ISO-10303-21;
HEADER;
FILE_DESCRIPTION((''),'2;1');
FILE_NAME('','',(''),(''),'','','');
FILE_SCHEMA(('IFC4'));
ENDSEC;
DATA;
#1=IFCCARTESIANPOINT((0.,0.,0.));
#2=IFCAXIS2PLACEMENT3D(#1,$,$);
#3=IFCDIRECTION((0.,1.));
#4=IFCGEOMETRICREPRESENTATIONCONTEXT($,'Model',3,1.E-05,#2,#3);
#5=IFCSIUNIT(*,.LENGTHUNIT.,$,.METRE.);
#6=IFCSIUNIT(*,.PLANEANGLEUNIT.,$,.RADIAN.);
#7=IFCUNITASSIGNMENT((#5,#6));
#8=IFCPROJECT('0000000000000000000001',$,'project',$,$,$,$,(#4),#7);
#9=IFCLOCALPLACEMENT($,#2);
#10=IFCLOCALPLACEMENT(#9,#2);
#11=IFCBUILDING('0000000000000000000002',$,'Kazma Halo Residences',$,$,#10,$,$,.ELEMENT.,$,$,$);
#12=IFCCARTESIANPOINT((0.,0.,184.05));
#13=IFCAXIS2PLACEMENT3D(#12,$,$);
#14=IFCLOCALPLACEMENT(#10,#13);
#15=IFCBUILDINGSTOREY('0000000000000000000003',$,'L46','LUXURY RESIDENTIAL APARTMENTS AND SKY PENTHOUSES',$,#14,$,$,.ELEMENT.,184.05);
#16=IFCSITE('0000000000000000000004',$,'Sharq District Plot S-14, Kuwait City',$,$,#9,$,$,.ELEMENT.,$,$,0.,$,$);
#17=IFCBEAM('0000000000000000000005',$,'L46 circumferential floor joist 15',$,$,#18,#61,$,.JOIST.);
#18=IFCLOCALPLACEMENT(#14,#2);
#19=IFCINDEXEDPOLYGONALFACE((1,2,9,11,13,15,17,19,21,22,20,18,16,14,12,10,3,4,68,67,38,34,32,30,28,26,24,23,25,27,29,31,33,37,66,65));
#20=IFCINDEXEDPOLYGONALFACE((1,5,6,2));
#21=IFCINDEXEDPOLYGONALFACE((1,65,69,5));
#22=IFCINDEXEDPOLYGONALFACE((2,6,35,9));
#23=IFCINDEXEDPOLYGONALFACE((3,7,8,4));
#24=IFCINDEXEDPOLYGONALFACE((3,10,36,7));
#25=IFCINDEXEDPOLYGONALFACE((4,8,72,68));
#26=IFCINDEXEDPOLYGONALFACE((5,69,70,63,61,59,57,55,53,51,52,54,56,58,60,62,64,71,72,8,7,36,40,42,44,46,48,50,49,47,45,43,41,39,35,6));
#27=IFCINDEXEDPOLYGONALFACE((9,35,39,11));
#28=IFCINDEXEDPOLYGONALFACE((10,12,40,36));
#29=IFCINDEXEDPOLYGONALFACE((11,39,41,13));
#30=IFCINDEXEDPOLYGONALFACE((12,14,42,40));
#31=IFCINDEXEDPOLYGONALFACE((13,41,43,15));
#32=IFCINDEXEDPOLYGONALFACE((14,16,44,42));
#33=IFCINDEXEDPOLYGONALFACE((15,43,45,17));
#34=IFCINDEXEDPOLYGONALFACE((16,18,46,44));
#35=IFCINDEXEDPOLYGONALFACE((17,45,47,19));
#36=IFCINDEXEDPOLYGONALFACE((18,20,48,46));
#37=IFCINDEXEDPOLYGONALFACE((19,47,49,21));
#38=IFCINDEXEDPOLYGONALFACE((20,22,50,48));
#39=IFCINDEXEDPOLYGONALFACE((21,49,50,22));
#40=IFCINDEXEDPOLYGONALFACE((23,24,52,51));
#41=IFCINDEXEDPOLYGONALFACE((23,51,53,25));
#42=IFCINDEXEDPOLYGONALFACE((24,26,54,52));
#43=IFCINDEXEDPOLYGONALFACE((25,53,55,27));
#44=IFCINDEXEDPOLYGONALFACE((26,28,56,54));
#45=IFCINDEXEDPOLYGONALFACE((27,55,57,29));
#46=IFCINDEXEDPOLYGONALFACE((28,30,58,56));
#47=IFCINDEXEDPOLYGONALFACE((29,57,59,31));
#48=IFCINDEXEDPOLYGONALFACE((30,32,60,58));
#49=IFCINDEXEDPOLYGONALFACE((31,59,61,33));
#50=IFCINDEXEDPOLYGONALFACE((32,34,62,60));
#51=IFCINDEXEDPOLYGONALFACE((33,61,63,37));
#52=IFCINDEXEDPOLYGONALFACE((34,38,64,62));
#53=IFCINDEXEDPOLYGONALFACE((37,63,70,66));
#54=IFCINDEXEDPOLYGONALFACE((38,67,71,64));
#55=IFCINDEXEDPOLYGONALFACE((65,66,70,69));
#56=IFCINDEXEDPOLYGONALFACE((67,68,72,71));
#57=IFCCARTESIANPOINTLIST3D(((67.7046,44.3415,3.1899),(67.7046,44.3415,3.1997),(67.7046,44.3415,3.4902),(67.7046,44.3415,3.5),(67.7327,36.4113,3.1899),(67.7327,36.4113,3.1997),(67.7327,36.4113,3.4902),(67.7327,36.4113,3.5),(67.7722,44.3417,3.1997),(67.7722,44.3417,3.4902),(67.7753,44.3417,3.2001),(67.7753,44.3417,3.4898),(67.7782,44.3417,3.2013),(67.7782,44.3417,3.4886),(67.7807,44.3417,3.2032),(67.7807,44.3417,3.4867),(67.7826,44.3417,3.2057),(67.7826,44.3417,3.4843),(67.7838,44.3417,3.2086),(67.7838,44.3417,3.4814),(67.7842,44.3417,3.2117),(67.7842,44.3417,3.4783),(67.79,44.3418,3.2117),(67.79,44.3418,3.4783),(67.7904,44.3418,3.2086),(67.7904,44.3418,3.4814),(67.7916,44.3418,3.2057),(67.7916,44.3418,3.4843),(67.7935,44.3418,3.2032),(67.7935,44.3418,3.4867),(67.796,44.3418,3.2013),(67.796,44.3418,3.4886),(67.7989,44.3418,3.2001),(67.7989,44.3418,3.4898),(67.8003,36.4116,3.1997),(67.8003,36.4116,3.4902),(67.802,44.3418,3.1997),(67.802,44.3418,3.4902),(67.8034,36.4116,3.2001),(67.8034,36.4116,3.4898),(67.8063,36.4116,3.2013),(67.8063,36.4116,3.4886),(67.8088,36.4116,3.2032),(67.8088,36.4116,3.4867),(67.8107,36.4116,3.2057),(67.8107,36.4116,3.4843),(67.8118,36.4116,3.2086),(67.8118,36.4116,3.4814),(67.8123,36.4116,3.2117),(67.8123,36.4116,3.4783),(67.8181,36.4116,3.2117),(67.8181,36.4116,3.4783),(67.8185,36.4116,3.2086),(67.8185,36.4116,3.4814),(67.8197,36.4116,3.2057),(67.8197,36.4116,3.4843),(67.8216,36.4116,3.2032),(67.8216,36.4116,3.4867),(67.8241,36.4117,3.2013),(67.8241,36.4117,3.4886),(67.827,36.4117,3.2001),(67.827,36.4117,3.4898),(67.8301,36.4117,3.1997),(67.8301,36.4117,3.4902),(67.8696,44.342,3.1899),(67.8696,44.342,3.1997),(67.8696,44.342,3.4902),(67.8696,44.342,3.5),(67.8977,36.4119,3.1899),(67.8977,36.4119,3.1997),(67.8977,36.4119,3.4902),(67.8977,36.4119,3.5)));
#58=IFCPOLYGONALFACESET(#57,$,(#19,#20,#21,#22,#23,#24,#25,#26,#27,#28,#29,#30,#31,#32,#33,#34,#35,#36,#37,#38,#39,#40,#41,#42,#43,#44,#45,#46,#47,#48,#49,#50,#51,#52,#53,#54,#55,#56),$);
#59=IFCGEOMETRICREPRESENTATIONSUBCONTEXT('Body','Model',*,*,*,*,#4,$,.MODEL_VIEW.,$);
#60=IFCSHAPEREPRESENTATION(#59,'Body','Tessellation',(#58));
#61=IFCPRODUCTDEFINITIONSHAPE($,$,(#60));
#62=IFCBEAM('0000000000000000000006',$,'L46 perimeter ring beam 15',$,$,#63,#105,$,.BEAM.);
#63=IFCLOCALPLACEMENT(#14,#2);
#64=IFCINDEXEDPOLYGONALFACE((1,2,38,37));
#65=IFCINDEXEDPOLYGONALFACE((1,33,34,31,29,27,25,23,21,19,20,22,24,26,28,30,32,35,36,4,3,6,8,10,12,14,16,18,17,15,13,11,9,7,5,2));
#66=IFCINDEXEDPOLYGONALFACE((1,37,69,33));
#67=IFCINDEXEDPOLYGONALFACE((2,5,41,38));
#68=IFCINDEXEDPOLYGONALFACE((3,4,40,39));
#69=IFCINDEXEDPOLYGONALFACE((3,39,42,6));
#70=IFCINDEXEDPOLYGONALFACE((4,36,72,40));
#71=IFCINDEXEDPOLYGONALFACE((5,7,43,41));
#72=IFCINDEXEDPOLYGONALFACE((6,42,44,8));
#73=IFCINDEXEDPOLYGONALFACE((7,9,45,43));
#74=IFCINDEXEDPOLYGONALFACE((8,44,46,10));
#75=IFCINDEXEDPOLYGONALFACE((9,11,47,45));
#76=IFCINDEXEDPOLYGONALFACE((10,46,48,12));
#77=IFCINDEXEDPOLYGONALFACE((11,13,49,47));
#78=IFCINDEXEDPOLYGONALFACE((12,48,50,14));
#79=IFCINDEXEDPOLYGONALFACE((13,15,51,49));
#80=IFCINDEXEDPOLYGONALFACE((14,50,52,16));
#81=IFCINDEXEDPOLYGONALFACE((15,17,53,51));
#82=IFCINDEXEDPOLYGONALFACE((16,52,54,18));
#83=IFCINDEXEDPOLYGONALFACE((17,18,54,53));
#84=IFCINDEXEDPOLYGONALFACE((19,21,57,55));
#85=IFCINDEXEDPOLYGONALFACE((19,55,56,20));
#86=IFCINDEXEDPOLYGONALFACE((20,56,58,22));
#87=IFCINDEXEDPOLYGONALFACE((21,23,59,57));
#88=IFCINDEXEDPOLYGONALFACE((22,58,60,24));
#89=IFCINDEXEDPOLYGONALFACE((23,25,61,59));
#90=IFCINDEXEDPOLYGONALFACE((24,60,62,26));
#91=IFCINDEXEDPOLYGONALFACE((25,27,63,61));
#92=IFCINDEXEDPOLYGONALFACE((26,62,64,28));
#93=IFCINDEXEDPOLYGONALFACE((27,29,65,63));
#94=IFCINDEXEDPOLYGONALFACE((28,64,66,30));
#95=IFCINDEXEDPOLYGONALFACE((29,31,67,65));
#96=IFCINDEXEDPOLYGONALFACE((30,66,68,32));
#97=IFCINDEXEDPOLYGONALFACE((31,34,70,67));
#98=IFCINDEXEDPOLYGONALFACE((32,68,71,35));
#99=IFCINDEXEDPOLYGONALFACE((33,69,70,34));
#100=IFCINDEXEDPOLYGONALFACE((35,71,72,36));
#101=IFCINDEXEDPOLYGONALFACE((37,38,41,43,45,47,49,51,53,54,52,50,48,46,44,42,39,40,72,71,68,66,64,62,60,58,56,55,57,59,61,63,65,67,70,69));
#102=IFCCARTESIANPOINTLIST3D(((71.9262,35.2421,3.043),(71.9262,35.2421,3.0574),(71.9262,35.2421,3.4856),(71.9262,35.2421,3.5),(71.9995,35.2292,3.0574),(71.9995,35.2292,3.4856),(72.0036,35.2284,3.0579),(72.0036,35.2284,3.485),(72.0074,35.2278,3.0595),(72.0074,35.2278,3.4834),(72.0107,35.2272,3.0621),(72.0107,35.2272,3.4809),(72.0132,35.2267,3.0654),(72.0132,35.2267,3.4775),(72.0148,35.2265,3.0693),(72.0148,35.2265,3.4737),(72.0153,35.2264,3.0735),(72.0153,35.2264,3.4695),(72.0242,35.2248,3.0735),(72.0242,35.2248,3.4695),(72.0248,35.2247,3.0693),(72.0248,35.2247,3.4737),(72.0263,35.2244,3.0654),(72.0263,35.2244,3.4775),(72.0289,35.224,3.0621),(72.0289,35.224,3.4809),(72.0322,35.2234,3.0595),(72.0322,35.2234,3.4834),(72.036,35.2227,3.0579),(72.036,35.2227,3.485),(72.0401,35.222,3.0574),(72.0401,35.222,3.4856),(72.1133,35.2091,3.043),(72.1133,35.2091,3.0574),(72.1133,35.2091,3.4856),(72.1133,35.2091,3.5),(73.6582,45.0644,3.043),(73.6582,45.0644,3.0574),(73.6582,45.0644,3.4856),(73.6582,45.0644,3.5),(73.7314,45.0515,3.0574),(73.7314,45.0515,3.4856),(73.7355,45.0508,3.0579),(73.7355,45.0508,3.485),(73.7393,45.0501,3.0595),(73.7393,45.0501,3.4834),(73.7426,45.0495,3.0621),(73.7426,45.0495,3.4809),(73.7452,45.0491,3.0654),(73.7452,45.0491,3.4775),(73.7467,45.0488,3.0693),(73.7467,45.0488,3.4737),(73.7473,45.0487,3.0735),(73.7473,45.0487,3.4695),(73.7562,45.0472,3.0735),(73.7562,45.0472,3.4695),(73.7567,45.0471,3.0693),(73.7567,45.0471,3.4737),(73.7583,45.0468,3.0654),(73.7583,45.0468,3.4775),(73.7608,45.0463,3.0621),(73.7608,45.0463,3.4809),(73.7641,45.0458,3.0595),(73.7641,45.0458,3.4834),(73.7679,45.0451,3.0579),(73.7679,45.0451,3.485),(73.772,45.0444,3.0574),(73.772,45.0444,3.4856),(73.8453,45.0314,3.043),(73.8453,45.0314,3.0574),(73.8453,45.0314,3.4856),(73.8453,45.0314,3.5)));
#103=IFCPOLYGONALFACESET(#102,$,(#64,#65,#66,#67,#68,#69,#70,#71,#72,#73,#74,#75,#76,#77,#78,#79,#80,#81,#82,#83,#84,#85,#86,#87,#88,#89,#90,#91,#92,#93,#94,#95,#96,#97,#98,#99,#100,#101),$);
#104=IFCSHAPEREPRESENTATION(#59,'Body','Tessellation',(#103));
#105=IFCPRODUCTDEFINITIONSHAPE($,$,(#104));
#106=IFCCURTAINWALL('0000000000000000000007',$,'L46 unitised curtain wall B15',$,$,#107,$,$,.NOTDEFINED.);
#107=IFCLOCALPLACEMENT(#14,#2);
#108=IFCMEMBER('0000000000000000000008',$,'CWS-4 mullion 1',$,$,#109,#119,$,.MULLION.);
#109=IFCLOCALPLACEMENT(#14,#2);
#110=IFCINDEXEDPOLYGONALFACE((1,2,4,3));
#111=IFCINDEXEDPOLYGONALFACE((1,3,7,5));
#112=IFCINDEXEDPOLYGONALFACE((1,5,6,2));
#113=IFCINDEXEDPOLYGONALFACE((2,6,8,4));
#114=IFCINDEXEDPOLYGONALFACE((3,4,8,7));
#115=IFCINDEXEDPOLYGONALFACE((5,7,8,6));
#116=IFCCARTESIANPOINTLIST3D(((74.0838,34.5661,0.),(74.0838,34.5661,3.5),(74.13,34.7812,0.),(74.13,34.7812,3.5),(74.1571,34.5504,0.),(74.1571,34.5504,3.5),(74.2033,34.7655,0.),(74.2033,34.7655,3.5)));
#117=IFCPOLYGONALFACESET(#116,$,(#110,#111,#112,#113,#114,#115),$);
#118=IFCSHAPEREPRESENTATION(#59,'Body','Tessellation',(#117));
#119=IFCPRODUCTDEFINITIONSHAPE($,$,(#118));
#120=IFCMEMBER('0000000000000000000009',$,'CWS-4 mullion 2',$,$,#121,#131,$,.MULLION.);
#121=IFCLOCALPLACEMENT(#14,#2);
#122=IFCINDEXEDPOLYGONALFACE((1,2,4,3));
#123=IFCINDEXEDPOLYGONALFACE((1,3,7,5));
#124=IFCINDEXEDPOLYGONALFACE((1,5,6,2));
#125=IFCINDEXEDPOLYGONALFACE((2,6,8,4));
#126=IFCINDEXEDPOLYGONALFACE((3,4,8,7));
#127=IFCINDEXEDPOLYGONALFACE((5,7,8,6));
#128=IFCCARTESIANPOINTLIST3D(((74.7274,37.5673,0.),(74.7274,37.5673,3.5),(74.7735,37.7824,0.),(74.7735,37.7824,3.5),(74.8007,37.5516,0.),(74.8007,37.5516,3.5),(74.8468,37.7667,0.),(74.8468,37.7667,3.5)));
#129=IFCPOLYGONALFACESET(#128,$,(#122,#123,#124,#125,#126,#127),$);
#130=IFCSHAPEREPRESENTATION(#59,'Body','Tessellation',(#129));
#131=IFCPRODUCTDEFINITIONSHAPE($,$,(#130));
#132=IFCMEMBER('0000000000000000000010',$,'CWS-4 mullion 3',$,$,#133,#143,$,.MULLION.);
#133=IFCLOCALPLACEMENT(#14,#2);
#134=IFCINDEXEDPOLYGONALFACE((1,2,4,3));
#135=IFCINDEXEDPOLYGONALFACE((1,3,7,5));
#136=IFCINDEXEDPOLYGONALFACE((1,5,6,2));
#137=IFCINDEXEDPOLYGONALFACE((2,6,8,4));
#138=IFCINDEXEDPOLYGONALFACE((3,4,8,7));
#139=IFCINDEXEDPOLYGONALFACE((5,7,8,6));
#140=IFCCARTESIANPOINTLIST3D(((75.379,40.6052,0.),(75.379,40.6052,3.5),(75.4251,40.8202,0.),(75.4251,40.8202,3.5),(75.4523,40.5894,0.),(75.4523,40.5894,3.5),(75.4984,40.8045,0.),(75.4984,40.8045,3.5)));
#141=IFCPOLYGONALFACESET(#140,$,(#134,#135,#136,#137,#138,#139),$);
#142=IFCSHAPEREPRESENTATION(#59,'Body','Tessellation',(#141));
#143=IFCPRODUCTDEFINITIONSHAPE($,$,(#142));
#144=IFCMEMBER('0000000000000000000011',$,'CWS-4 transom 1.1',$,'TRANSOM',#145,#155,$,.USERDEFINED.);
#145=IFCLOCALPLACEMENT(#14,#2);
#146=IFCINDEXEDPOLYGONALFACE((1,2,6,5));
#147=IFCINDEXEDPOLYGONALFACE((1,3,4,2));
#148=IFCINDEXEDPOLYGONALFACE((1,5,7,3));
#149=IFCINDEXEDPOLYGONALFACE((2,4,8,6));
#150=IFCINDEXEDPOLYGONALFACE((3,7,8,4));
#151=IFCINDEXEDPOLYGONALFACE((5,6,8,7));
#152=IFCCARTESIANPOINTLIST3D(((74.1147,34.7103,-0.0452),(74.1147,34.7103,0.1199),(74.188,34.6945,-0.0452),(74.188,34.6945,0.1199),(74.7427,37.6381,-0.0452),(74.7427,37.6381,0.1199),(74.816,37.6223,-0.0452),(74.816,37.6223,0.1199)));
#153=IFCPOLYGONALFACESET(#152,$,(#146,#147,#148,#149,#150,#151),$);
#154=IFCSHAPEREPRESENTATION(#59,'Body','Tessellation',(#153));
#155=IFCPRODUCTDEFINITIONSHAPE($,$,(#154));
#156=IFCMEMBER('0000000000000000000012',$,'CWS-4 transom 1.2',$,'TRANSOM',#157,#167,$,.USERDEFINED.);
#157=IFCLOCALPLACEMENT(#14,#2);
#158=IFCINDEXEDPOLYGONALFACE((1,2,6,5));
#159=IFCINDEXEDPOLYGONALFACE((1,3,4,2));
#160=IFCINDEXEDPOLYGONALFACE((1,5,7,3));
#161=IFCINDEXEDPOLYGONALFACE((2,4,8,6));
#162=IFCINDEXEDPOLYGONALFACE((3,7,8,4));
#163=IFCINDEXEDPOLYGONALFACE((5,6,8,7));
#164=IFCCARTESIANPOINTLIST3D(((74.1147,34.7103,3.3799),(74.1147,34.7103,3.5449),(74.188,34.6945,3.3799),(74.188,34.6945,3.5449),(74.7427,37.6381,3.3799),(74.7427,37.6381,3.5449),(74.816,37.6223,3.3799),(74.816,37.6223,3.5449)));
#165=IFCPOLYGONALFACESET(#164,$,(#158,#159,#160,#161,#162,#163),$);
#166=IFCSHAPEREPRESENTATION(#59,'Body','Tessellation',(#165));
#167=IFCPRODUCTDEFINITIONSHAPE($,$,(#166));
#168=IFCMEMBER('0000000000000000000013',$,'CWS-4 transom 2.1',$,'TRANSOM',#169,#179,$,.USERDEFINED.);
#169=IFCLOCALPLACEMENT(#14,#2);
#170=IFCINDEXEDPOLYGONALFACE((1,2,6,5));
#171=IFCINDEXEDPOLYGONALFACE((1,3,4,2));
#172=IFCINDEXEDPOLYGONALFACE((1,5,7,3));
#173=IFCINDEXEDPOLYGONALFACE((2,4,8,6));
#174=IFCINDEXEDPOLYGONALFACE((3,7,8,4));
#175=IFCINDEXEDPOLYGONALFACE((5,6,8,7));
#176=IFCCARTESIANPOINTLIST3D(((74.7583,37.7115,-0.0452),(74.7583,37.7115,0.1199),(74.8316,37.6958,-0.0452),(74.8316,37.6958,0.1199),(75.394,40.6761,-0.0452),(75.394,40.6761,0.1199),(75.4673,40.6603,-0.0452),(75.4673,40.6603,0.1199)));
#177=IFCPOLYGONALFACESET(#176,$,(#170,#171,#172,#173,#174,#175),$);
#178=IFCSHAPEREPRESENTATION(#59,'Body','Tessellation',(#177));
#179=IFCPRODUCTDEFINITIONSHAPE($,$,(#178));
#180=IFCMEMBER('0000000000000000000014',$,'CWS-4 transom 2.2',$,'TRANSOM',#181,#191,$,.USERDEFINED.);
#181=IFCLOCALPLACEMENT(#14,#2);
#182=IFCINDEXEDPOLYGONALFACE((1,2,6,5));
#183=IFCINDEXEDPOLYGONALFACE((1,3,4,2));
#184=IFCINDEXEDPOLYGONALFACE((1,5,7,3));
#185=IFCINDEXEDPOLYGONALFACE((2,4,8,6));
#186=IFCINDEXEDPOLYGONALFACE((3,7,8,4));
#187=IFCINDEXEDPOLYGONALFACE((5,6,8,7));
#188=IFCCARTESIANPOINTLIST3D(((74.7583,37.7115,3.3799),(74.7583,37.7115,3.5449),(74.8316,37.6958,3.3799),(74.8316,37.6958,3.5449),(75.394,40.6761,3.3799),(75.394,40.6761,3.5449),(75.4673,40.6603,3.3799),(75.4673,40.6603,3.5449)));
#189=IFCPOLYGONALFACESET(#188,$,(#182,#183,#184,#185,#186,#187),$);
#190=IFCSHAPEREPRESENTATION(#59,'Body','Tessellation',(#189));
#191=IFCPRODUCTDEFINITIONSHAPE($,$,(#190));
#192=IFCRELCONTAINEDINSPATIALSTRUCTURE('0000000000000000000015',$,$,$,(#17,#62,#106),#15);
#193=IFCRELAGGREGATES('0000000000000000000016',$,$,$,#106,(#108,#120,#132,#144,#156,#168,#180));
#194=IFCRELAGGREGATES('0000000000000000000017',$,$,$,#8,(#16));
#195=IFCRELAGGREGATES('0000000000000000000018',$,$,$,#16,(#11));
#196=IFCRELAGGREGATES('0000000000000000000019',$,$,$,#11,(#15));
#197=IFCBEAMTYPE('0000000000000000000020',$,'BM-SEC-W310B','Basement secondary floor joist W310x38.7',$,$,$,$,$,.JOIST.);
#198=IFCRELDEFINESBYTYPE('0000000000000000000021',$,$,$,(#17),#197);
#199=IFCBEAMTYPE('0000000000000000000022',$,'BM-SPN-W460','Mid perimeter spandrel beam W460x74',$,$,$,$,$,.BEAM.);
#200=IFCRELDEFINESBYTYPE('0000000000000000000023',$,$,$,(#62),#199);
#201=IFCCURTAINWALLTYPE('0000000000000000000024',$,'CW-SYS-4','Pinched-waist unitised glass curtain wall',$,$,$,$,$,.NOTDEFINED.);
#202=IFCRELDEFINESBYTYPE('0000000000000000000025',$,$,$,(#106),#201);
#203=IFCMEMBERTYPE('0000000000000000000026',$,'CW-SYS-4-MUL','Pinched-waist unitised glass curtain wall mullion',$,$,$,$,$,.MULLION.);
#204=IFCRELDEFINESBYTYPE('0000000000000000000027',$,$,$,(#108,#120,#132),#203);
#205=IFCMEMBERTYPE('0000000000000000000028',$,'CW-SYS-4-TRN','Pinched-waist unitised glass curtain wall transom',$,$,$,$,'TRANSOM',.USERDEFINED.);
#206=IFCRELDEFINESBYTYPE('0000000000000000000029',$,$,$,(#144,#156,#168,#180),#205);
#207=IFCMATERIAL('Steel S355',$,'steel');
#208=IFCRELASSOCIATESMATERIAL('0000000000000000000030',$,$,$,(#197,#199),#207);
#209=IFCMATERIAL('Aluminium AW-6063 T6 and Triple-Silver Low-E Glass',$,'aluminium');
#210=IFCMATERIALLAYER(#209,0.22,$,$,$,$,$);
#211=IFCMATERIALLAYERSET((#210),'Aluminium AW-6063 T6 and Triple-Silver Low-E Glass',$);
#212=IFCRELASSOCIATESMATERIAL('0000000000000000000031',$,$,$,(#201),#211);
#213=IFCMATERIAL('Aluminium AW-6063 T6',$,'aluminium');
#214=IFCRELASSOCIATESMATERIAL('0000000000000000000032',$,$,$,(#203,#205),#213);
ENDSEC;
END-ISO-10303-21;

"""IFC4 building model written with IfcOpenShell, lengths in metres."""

from ifc_helpers import new_model, si_unit, direction, frame, origin, origin_2d, place, context, subcontext, project, spatial, rectangle, i_section, extrude, material, layer, layer_set, material_profile, profile_set, type_object, element, aggregate, save


model = new_model("IFC4")

# Units and contexts
model_context = context("Model", 3, precision=1e-05, world=origin(), true_north=direction((0.0, 1.0)))
body_context = subcontext(model_context, "Body", "Model", "MODEL_VIEW")
ifc_project = project(units=[si_unit("LENGTHUNIT", "METRE"), si_unit("PLANEANGLEUNIT", "RADIAN")], contexts=[model_context])

# Site, building, storey
site_placement = place(None, origin())
site = spatial("IfcSite", under=ifc_project, at=site_placement, Name="Sharq District Plot S-14, Kuwait City", CompositionType="ELEMENT", RefElevation=0.0)
building_placement = place(site_placement, origin())
building = spatial("IfcBuilding", under=site, at=building_placement, Name="Kazma Halo Residences", CompositionType="ELEMENT")
storey_placement = place(building_placement, frame((0.0, 0.0, 184.05)))
storey = spatial("IfcBuildingStorey", under=building, at=storey_placement, Name="L46", Description="LUXURY RESIDENTIAL APARTMENTS AND SKY PENTHOUSES", CompositionType="ELEMENT", Elevation=184.05)

# Beams
ifc_material_1 = material(Name="Steel S355", Category="steel")
ifc_material_profile_1 = material_profile(ifc_material_1, i_section(OverallWidth=0.165, OverallDepth=0.3101, WebThickness=0.0059, FlangeThickness=0.0098, FilletRadius=0.012, at=origin_2d()), Name="W310x38.7")
ifc_profile_set_1 = profile_set([ifc_material_profile_1], Name="Steel S355")
beam_type_1 = type_object("IfcBeamType", Name="BM-SEC-W310B", Description="Basement secondary floor joist W310x38.7", PredefinedType="JOIST", material=ifc_profile_set_1)
beam_1_placement = place(storey_placement, frame((67.8152, 36.4116, 3.345), z_axis=(-0.00354, 0.999994, 0.0), x_axis=(-0.999994, -0.00354, 0.0)))
element("IfcBeam", 1, at=beam_1_placement, inside=storey, type_object=beam_type_1, Name="L46 circumferential floor joist 15", PredefinedType="JOIST", context=body_context, shape_type="SweptSolid", body=[
    extrude(i_section(OverallWidth=0.165, OverallDepth=0.3101, WebThickness=0.0059, FlangeThickness=0.0098, FilletRadius=0.012, at=origin_2d()), origin(), (0.0, 0.0, 1.0), 7.9302),
])
ifc_material_profile_2 = material_profile(ifc_material_1, i_section(OverallWidth=0.1899, OverallDepth=0.457, WebThickness=0.009, FlangeThickness=0.0144, FilletRadius=0.0161, at=origin_2d()), Name="W460x74")
ifc_profile_set_2 = profile_set([ifc_material_profile_2], Name="Steel S355")
beam_type_2 = type_object("IfcBeamType", Name="BM-SPN-W460", Description="Mid perimeter spandrel beam W460x74", PredefinedType="BEAM", material=ifc_profile_set_2)
beam_2_placement = place(storey_placement, frame((72.0198, 35.2256, 3.2715), z_axis=(0.173648, 0.984808, 0.0), x_axis=(-0.984808, 0.173648, 0.0)))
element("IfcBeam", 2, at=beam_2_placement, inside=storey, type_object=beam_type_2, Name="L46 perimeter ring beam 15", PredefinedType="BEAM", context=body_context, shape_type="SweptSolid", body=[
    extrude(i_section(OverallWidth=0.1899, OverallDepth=0.457, WebThickness=0.009, FlangeThickness=0.0144, FilletRadius=0.0161, at=origin_2d()), origin(), (0.0, 0.0, 1.0), 9.9739),
])

# Curtain wall, members
ifc_material_2 = material(Name="Aluminium AW-6063 T6 and Triple-Silver Low-E Glass", Category="aluminium")
ifc_layer_1 = layer(ifc_material_2, 0.22)
ifc_layer_set_1 = layer_set([ifc_layer_1], Name="Aluminium AW-6063 T6 and Triple-Silver Low-E Glass")
curtain_wall_type = type_object("IfcCurtainWallType", Name="CW-SYS-4", Description="Pinched-waist unitised glass curtain wall", PredefinedType="NOTDEFINED", material=ifc_layer_set_1)
curtain_wall_placement = place(storey_placement, origin())
curtain_wall = element("IfcCurtainWall", 3, at=curtain_wall_placement, inside=storey, type_object=curtain_wall_type, Name="L46 unitised curtain wall B15", PredefinedType="NOTDEFINED")
ifc_material_3 = material(Name="Aluminium AW-6063 T6", Category="aluminium")
ifc_material_profile_3 = material_profile(ifc_material_3, rectangle(XDim=0.075, YDim=0.22, at=origin_2d()), Name="CWM-75x220")
ifc_profile_set_3 = profile_set([ifc_material_profile_3], Name="Aluminium AW-6063 T6")
member_type_1 = type_object("IfcMemberType", Name="CW-SYS-4-MUL", Description="Pinched-waist unitised glass curtain wall mullion", PredefinedType="MULLION", material=ifc_profile_set_3)
member_1_placement = place(storey_placement, frame((74.1436, 34.6658, 0.0), z_axis=(0.0, 0.0, 1.0), x_axis=(-0.977768, 0.20969, 0.0)))
member_1 = element("IfcMember", 4, at=member_1_placement, type_object=member_type_1, Name="CWS-4 mullion 1", PredefinedType="MULLION", context=body_context, shape_type="SweptSolid", body=[
    extrude(rectangle(XDim=0.075, YDim=0.22, at=origin_2d()), origin(), (0.0, 0.0, 1.0), 3.5),
])
member_2_placement = place(storey_placement, frame((74.7871, 37.667, 0.0), z_axis=(0.0, 0.0, 1.0), x_axis=(-0.977768, 0.20969, 0.0)))
member_2 = element("IfcMember", 5, at=member_2_placement, type_object=member_type_1, Name="CWS-4 mullion 2", PredefinedType="MULLION", context=body_context, shape_type="SweptSolid", body=[
    extrude(rectangle(XDim=0.075, YDim=0.22, at=origin_2d()), origin(), (0.0, 0.0, 1.0), 3.5),
])
member_3_placement = place(storey_placement, frame((75.4387, 40.7048, 0.0), z_axis=(0.0, 0.0, 1.0), x_axis=(-0.977768, 0.20969, 0.0)))
member_3 = element("IfcMember", 6, at=member_3_placement, type_object=member_type_1, Name="CWS-4 mullion 3", PredefinedType="MULLION", context=body_context, shape_type="SweptSolid", body=[
    extrude(rectangle(XDim=0.075, YDim=0.22, at=origin_2d()), origin(), (0.0, 0.0, 1.0), 3.5),
])
ifc_material_profile_4 = material_profile(ifc_material_3, rectangle(XDim=0.075, YDim=0.165, at=origin_2d()), Name="CWT-75x165")
ifc_profile_set_4 = profile_set([ifc_material_profile_4], Name="Aluminium AW-6063 T6")
member_type_2 = type_object("IfcMemberType", Name="CW-SYS-4-TRN", Description="Pinched-waist unitised glass curtain wall transom", ElementType="TRANSOM", PredefinedType="USERDEFINED", material=ifc_profile_set_4)
member_4_placement = place(storey_placement, frame((74.1514, 34.7024, 0.0374), z_axis=(0.209707, 0.977764, 0.0), x_axis=(-0.977764, 0.209707, 0.0)))
member_4 = element("IfcMember", 7, at=member_4_placement, type_object=member_type_2, Name="CWS-4 transom 1.1", ObjectType="TRANSOM", PredefinedType="USERDEFINED", context=body_context, shape_type="SweptSolid", body=[
    extrude(rectangle(XDim=0.075, YDim=0.165, at=origin_2d()), origin(), (0.0, 0.0, 1.0), 2.9944),
])
member_5_placement = place(storey_placement, frame((74.1514, 34.7024, 3.4624), z_axis=(0.209707, 0.977764, 0.0), x_axis=(-0.977764, 0.209707, 0.0)))
member_5 = element("IfcMember", 8, at=member_5_placement, type_object=member_type_2, Name="CWS-4 transom 1.2", ObjectType="TRANSOM", PredefinedType="USERDEFINED", context=body_context, shape_type="SweptSolid", body=[
    extrude(rectangle(XDim=0.075, YDim=0.165, at=origin_2d()), origin(), (0.0, 0.0, 1.0), 2.9944),
])
member_6_placement = place(storey_placement, frame((74.7949, 37.7036, 0.0374), z_axis=(0.209678, 0.977771, 0.0), x_axis=(-0.977771, 0.209678, 0.0)))
member_6 = element("IfcMember", 9, at=member_6_placement, type_object=member_type_2, Name="CWS-4 transom 2.1", ObjectType="TRANSOM", PredefinedType="USERDEFINED", context=body_context, shape_type="SweptSolid", body=[
    extrude(rectangle(XDim=0.075, YDim=0.165, at=origin_2d()), origin(), (0.0, 0.0, 1.0), 3.032),
])
member_7_placement = place(storey_placement, frame((74.7949, 37.7036, 3.4624), z_axis=(0.209678, 0.977771, 0.0), x_axis=(-0.977771, 0.209678, 0.0)))
member_7 = element("IfcMember", 10, at=member_7_placement, type_object=member_type_2, Name="CWS-4 transom 2.2", ObjectType="TRANSOM", PredefinedType="USERDEFINED", context=body_context, shape_type="SweptSolid", body=[
    extrude(rectangle(XDim=0.075, YDim=0.165, at=origin_2d()), origin(), (0.0, 0.0, 1.0), 3.032),
])
aggregate(curtain_wall, [member_1, member_2, member_3, member_4, member_5, member_6, member_7])

save(model, "model.ifc")
